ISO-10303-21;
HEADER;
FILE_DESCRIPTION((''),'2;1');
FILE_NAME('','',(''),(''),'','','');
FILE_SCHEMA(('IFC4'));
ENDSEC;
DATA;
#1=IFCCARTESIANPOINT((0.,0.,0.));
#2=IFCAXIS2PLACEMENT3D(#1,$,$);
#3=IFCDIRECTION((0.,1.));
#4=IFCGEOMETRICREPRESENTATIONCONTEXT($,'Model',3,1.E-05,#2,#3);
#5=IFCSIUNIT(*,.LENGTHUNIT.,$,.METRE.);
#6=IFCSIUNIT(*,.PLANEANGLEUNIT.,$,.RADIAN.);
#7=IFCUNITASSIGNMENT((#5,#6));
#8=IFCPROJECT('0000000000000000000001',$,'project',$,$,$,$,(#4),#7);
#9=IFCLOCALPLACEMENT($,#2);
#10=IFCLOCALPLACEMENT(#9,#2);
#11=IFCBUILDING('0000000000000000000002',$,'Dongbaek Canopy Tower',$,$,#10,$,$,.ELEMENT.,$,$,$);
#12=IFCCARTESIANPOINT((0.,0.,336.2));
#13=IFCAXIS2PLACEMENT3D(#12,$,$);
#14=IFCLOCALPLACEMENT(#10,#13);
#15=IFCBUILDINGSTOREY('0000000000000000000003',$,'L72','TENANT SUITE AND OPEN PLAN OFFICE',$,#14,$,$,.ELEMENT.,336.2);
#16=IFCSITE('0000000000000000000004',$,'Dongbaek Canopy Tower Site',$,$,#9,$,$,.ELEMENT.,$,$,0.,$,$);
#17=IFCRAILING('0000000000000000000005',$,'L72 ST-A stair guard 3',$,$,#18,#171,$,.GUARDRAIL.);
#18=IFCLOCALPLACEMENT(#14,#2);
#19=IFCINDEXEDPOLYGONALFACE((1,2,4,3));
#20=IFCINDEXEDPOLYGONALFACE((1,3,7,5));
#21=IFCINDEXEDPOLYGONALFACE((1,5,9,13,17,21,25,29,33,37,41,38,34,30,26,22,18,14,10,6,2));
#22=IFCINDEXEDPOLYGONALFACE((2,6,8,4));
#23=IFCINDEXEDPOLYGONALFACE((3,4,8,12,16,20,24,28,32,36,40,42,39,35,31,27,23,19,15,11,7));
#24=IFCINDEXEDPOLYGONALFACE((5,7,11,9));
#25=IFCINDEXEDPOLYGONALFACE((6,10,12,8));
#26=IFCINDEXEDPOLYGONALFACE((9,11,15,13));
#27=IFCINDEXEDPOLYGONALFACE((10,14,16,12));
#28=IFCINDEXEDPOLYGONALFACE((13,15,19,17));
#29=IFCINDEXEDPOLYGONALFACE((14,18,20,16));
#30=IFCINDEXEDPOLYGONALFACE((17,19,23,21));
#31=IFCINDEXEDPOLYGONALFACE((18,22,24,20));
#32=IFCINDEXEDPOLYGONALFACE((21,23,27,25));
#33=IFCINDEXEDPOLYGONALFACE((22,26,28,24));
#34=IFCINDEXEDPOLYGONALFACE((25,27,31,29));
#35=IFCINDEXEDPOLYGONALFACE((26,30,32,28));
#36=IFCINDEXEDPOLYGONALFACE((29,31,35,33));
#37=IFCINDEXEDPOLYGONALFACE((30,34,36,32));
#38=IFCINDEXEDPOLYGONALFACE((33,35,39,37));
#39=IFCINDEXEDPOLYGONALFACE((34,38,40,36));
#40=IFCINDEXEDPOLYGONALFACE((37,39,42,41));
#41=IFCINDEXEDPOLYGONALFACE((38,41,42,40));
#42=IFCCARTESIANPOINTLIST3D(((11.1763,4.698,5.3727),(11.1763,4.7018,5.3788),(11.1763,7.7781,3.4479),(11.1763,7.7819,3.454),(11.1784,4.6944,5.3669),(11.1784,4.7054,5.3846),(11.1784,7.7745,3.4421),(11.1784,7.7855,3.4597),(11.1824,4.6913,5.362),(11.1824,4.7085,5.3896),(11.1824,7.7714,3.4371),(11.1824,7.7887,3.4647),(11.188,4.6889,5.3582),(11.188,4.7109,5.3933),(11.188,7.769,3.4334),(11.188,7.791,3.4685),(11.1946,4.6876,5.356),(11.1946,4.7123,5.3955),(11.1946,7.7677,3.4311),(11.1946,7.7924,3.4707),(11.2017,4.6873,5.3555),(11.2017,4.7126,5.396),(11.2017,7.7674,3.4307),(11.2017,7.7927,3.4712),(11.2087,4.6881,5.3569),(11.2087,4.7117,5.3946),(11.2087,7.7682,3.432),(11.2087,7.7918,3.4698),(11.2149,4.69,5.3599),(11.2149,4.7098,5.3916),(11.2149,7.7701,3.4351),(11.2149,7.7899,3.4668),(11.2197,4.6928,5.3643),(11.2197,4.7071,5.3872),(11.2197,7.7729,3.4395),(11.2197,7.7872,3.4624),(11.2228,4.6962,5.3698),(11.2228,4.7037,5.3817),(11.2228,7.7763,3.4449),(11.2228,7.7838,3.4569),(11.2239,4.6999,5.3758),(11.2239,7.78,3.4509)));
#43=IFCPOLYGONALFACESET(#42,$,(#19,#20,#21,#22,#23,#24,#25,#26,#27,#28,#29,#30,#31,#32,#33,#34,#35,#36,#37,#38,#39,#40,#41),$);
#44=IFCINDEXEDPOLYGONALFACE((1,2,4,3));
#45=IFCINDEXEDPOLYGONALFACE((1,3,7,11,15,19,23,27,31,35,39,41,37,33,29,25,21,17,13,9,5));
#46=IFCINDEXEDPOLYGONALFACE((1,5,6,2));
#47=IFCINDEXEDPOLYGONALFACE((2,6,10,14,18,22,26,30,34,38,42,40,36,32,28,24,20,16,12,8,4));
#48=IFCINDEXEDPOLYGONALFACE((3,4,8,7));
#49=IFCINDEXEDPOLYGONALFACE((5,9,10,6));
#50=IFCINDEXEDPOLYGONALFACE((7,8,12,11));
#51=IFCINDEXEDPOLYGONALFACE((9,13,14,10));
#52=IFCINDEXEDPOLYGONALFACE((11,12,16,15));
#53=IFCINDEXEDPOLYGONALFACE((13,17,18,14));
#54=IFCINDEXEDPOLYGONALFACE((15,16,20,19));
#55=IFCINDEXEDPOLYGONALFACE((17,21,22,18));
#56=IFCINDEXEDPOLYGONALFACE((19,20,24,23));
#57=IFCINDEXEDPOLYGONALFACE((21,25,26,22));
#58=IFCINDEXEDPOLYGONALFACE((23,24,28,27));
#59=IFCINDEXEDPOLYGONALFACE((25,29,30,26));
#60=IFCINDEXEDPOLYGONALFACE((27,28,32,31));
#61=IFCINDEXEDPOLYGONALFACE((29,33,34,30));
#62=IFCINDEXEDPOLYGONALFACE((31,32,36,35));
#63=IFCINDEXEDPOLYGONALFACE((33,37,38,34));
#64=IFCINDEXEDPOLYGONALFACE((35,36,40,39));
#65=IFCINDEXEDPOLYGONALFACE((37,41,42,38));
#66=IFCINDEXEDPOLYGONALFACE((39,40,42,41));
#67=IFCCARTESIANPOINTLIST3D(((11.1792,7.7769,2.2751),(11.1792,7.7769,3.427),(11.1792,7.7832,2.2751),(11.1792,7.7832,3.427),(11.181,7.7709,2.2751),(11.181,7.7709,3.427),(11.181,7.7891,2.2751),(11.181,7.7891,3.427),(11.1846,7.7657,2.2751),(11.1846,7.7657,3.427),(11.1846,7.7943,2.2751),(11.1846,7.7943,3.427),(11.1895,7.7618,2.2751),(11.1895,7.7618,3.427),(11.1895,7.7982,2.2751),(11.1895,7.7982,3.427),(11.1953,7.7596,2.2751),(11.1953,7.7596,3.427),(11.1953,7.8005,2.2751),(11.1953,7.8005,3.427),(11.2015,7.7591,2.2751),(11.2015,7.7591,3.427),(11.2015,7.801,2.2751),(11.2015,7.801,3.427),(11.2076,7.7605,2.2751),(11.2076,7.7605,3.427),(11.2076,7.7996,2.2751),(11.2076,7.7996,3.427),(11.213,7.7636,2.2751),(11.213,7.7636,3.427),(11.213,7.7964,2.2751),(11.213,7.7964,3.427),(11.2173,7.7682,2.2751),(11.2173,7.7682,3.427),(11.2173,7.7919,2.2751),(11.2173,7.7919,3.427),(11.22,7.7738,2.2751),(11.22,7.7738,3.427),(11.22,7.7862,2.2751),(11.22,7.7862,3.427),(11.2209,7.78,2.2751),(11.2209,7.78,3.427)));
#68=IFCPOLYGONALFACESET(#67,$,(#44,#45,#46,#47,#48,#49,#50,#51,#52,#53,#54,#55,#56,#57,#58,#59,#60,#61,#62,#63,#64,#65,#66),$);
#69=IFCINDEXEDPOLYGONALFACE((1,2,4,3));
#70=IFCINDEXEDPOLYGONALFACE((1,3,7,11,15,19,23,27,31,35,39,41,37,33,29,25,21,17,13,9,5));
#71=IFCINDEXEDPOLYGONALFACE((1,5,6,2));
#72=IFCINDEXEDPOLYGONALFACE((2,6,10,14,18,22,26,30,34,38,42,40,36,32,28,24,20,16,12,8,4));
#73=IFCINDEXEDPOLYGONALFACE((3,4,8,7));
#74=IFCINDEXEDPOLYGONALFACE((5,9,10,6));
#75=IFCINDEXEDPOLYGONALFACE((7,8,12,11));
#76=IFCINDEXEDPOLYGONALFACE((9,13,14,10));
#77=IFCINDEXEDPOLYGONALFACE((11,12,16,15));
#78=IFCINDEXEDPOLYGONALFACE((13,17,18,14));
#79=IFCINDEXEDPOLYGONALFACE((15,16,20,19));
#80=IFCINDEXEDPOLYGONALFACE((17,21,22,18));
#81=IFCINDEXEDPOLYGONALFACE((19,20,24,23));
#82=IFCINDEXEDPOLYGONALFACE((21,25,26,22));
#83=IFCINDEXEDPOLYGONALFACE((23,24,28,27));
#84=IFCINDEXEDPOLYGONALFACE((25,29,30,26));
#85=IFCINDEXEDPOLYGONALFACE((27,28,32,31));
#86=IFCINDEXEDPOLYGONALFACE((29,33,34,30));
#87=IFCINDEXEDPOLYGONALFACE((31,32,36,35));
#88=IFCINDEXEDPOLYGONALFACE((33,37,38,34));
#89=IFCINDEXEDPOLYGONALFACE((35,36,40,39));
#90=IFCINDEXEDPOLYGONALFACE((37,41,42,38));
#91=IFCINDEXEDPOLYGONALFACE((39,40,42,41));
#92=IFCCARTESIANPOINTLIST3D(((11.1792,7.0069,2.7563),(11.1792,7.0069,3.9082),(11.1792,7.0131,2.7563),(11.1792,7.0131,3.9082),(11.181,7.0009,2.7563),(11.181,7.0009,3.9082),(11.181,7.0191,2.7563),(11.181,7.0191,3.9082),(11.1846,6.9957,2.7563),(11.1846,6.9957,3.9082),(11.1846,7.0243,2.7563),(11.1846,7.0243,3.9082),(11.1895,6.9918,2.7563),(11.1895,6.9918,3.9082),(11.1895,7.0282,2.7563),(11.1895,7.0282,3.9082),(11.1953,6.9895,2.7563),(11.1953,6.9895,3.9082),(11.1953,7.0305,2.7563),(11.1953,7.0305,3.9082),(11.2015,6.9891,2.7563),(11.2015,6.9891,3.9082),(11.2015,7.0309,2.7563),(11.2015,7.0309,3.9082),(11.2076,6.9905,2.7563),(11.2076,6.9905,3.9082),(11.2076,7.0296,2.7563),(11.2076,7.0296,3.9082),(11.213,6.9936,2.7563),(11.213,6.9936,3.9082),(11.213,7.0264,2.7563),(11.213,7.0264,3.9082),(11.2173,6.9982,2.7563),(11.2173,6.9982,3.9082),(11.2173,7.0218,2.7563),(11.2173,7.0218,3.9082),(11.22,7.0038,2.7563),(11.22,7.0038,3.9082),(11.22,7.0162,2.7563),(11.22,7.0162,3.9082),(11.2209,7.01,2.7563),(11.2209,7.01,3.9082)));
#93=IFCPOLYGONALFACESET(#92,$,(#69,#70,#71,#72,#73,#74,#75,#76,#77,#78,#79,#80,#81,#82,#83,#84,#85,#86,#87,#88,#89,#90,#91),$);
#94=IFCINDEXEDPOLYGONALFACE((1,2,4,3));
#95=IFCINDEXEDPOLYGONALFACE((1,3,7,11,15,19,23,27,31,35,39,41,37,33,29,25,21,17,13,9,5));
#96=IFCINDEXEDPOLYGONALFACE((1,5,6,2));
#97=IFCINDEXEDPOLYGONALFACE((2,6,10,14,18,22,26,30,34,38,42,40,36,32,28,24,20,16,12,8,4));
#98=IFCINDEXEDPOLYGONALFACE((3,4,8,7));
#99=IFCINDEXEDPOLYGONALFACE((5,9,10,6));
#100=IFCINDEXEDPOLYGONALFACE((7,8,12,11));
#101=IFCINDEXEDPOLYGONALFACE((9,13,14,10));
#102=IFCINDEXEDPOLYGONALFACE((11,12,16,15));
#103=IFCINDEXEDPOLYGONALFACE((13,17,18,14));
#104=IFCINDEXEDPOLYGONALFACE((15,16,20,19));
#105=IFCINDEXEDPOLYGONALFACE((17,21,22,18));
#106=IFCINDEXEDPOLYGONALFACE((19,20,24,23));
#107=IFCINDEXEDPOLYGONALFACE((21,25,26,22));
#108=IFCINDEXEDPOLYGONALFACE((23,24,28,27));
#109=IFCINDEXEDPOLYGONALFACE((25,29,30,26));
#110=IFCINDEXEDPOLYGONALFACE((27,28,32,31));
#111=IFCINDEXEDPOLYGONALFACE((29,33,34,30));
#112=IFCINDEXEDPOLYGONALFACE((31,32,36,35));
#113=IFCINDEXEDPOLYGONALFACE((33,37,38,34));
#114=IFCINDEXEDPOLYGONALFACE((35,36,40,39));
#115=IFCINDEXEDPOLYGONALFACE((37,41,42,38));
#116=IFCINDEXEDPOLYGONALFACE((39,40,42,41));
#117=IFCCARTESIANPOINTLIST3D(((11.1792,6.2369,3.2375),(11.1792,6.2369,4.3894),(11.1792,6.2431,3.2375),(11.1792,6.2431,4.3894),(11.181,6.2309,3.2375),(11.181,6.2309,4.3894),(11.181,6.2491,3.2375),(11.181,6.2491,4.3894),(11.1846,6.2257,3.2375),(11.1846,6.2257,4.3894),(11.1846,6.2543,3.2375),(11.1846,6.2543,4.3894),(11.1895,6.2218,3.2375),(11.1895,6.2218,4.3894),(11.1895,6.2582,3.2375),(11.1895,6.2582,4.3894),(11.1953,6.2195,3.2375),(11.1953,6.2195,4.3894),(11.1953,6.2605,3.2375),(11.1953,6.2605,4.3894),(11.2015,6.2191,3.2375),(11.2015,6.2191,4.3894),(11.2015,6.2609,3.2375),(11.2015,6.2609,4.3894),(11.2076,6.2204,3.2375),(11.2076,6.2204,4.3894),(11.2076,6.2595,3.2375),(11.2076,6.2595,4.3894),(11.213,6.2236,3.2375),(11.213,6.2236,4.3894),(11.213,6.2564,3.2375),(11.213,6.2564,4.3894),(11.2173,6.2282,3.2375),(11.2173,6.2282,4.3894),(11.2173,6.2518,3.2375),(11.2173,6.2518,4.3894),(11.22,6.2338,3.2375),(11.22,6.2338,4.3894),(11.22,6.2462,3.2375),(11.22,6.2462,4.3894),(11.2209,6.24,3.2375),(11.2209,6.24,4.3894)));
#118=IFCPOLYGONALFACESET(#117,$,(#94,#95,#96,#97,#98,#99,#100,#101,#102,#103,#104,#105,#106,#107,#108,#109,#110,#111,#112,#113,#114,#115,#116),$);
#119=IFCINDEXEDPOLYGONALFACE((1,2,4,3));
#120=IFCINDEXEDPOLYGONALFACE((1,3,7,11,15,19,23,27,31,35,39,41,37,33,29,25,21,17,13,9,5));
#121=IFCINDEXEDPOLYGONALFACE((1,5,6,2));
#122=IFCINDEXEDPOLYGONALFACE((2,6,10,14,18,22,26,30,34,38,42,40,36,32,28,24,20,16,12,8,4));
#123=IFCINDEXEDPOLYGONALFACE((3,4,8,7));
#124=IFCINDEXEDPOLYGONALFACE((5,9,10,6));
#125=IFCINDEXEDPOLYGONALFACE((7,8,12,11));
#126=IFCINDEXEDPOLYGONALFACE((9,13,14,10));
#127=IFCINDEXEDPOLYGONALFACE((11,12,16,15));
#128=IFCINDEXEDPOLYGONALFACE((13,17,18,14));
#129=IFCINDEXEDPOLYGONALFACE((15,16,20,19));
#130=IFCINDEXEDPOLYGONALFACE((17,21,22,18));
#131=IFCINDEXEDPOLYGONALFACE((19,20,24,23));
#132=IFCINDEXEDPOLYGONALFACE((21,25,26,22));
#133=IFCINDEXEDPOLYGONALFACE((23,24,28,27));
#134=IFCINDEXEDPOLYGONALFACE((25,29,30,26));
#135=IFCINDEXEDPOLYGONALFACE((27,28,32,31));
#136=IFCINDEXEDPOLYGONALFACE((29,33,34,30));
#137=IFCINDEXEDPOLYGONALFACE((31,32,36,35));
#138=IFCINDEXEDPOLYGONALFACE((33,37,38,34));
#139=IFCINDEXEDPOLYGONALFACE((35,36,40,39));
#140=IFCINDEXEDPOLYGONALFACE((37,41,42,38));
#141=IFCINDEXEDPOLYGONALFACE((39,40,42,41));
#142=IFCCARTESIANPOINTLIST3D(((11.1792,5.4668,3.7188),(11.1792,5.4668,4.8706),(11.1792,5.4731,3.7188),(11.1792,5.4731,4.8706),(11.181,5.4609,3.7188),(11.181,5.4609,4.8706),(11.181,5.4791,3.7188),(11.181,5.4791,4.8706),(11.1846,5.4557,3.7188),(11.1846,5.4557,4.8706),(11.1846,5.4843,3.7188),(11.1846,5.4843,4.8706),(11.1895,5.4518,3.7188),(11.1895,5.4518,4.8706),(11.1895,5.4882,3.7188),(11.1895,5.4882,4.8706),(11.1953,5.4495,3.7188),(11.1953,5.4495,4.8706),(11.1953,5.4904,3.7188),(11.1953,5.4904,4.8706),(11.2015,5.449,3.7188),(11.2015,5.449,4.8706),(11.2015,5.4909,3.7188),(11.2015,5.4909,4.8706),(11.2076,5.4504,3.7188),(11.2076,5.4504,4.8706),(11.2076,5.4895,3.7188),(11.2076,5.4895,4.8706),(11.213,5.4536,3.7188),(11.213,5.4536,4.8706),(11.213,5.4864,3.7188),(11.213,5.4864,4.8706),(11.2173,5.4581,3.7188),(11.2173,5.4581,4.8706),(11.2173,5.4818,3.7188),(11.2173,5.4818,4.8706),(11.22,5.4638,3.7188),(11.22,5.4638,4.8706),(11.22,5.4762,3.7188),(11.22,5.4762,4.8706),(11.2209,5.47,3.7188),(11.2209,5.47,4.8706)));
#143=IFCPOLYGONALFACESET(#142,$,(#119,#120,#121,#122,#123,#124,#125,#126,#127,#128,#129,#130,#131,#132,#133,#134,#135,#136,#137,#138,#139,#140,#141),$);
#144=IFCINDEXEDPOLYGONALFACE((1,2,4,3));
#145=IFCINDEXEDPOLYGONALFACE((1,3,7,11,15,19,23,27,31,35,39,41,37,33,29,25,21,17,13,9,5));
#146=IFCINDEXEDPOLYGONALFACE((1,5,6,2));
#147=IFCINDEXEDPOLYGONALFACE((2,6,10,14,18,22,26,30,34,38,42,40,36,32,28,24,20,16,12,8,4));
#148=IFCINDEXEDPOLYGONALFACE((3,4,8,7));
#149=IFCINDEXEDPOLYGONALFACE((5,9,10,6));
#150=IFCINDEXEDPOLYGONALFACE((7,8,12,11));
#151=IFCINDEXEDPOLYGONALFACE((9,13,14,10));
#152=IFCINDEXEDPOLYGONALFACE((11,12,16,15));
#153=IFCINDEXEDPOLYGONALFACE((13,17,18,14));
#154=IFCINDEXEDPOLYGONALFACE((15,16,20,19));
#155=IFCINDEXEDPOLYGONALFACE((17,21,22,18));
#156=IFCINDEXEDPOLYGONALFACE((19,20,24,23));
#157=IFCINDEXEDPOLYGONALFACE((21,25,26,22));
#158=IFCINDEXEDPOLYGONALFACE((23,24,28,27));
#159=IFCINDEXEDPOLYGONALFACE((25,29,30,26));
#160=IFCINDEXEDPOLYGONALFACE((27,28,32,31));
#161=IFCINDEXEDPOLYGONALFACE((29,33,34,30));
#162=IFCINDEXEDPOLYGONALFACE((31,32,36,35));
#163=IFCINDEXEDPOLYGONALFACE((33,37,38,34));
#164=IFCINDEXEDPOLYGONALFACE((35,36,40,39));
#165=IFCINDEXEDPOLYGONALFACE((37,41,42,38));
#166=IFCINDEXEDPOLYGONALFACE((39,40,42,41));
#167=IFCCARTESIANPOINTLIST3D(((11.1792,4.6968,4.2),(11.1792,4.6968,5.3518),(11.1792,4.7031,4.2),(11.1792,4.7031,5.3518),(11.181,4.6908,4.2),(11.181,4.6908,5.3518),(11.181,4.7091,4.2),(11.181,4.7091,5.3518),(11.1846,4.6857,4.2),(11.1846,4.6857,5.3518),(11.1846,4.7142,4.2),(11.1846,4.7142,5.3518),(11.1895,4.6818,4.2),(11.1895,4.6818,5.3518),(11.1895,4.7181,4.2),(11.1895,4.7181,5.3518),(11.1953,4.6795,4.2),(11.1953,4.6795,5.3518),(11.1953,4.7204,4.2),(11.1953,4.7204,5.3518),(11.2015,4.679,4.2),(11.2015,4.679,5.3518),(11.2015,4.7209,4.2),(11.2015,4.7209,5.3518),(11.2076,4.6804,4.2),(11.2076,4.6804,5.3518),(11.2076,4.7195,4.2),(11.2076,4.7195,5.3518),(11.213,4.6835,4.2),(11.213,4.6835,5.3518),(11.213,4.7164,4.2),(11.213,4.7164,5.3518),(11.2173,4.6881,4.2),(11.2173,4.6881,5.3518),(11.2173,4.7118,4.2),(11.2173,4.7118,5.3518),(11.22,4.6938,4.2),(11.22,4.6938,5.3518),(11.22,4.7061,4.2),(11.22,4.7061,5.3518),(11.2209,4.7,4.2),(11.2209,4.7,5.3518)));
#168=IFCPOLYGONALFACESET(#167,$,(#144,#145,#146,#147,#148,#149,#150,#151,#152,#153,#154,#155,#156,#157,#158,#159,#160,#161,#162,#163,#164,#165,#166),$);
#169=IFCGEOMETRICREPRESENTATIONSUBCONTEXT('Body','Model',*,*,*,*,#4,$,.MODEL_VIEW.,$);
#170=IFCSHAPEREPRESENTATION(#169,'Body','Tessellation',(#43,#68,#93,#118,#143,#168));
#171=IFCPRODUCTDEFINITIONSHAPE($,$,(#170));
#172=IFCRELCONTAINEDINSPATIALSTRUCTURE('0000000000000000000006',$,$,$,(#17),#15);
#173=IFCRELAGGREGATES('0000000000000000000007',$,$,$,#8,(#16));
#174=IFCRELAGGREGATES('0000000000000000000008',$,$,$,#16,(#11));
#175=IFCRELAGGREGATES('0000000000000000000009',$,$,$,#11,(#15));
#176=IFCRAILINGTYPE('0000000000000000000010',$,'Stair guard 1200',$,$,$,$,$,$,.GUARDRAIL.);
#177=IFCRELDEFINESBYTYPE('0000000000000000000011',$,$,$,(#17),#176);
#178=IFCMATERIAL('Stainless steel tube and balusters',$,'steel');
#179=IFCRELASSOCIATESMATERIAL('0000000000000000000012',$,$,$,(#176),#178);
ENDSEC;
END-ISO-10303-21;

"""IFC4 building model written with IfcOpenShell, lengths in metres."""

from ifc_helpers import new_model, si_unit, direction, frame, origin, origin_2d, place, context, subcontext, project, spatial, circle, extrude, material, type_object, element, save


model = new_model("IFC4")

# Units and contexts
model_context = context("Model", 3, precision=1e-05, world=origin(), true_north=direction((0.0, 1.0)))
body_context = subcontext(model_context, "Body", "Model", "MODEL_VIEW")
ifc_project = project(units=[si_unit("LENGTHUNIT", "METRE"), si_unit("PLANEANGLEUNIT", "RADIAN")], contexts=[model_context])

# Site, building, storey
site_placement = place(None, origin())
site = spatial("IfcSite", under=ifc_project, at=site_placement, Name="Dongbaek Canopy Tower Site", CompositionType="ELEMENT", RefElevation=0.0)
building_placement = place(site_placement, origin())
building = spatial("IfcBuilding", under=site, at=building_placement, Name="Dongbaek Canopy Tower", CompositionType="ELEMENT")
storey_placement = place(building_placement, frame((0.0, 0.0, 336.2)))
storey = spatial("IfcBuildingStorey", under=building, at=storey_placement, Name="L72", Description="TENANT SUITE AND OPEN PLAN OFFICE", CompositionType="ELEMENT", Elevation=336.2)

# Railing
ifc_material_1 = material(Name="Stainless steel tube and balusters", Category="steel")
railing_type_1 = type_object("IfcRailingType", Name="Stair guard 1200", PredefinedType="GUARDRAIL", material=ifc_material_1)
railing_1_placement = place(storey_placement, frame((11.2, 7.78, 2.2751)))
element("IfcRailing", 1, at=railing_1_placement, inside=storey, type_object=railing_type_1, Name="L72 ST-A stair guard 3", PredefinedType="GUARDRAIL", context=body_context, shape_type="SweptSolid", body=[
    extrude(circle(Radius=0.0239, at=origin_2d()), frame((0.0, 0.0, 1.1758), z_axis=(0.0, -0.848029, 0.529951), x_axis=(1.0, 0.0, 0.0)), (0.0, 0.0, 1.0), 3.6321),
    extrude(circle(Radius=0.021, at=origin_2d()), origin(), (0.0, 0.0, 1.0), 1.1519),
    extrude(circle(Radius=0.021, at=origin_2d()), frame((0.0, -0.77, 0.4812)), (0.0, 0.0, 1.0), 1.1519),
    extrude(circle(Radius=0.021, at=origin_2d()), frame((0.0, -1.54, 0.9624)), (0.0, 0.0, 1.0), 1.1519),
    extrude(circle(Radius=0.021, at=origin_2d()), frame((0.0, -2.3101, 1.4436)), (0.0, 0.0, 1.0), 1.1519),
    extrude(circle(Radius=0.021, at=origin_2d()), frame((0.0, -3.0801, 1.9248)), (0.0, 0.0, 1.0), 1.1519),
])

save(model, "model.ifc")
